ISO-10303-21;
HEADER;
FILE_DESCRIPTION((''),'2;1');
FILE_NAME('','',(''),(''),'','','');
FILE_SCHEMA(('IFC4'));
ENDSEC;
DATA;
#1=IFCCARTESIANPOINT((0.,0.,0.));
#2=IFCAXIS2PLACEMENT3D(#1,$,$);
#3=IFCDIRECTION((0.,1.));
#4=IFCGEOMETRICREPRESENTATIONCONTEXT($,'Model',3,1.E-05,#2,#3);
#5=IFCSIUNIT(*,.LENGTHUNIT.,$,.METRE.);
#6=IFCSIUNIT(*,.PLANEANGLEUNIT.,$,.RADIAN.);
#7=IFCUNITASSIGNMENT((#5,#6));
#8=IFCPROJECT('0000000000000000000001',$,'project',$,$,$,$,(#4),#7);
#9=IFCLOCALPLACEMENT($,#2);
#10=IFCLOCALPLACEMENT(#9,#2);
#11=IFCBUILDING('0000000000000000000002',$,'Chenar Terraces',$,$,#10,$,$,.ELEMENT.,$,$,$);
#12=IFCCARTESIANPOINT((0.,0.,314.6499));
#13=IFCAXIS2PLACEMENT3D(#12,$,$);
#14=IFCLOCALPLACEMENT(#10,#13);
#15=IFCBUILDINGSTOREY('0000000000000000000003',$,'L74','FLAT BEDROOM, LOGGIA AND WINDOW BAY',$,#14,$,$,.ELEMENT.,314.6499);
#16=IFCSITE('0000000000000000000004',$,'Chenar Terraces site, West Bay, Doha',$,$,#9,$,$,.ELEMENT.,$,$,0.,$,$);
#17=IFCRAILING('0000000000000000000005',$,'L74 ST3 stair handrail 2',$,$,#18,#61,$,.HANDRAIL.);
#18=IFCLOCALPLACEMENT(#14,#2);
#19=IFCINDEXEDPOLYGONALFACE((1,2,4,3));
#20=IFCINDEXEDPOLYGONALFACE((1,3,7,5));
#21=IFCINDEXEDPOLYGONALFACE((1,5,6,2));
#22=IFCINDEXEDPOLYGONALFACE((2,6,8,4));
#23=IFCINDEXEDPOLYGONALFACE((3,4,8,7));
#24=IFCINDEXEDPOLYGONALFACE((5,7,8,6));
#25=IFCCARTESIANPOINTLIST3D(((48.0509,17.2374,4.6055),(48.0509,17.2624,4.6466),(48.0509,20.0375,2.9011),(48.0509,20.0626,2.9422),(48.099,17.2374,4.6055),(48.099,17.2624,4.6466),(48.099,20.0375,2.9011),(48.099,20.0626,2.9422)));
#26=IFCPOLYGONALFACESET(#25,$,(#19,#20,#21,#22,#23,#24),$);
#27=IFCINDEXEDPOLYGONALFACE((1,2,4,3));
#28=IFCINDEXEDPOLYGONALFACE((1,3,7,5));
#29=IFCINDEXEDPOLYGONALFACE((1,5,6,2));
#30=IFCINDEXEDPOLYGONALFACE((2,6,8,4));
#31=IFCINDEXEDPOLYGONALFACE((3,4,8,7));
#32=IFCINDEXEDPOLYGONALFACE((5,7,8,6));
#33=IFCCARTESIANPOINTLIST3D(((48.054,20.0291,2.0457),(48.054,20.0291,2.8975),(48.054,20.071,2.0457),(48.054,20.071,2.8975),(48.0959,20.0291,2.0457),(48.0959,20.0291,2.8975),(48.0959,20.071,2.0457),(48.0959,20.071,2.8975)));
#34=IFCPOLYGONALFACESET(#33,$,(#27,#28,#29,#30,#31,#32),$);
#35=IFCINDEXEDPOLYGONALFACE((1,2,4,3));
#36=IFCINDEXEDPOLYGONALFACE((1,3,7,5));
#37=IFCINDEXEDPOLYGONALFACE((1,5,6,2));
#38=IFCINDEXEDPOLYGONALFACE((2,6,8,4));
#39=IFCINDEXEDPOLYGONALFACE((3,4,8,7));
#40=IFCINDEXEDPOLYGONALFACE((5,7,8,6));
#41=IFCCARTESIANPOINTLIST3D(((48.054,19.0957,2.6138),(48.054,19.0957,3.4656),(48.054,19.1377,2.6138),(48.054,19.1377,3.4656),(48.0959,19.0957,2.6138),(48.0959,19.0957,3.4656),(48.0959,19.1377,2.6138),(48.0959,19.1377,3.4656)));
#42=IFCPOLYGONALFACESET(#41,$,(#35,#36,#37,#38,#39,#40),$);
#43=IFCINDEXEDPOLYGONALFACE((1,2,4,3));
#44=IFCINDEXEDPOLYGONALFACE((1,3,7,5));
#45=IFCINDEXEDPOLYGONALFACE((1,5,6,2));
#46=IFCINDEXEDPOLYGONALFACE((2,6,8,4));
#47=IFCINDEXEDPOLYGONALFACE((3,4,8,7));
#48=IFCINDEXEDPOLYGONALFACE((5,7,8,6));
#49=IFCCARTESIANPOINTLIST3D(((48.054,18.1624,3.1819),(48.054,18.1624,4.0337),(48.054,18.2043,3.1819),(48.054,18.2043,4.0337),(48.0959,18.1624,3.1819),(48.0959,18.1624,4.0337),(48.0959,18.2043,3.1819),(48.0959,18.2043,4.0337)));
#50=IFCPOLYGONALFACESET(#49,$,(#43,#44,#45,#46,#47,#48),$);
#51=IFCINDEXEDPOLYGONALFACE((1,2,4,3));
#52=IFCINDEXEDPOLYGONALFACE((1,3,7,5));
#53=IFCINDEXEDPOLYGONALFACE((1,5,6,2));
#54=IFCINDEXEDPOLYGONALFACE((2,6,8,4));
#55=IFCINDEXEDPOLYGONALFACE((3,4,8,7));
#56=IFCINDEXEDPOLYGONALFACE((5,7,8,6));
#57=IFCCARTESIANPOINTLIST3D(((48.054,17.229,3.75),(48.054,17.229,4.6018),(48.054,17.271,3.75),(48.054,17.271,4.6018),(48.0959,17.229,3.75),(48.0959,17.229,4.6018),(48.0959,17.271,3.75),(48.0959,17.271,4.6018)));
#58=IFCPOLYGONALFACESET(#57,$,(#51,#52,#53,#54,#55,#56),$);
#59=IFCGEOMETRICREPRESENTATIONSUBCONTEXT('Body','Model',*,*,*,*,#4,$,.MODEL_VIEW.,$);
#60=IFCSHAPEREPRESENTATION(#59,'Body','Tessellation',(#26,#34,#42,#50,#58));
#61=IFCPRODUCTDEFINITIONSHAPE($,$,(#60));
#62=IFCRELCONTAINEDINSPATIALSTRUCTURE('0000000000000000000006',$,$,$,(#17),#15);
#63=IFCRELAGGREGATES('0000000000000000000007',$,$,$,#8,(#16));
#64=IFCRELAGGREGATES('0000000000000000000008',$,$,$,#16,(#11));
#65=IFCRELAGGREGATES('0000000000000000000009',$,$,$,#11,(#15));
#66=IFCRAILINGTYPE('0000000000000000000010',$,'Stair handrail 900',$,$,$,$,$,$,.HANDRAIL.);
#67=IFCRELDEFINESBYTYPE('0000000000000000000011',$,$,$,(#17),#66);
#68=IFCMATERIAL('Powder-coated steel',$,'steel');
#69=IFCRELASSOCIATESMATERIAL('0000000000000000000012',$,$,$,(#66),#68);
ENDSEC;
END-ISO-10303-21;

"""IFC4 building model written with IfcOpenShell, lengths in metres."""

from ifc_helpers import new_model, si_unit, direction, frame, origin, origin_2d, place, context, subcontext, project, spatial, rectangle, extrude, material, type_object, element, save


model = new_model("IFC4")

# Units and contexts
model_context = context("Model", 3, precision=1e-05, world=origin(), true_north=direction((0.0, 1.0)))
body_context = subcontext(model_context, "Body", "Model", "MODEL_VIEW")
ifc_project = project(units=[si_unit("LENGTHUNIT", "METRE"), si_unit("PLANEANGLEUNIT", "RADIAN")], contexts=[model_context])

# Site, building, storey
site_placement = place(None, origin())
site = spatial("IfcSite", under=ifc_project, at=site_placement, Name="Chenar Terraces site, West Bay, Doha", CompositionType="ELEMENT", RefElevation=0.0)
building_placement = place(site_placement, origin())
building = spatial("IfcBuilding", under=site, at=building_placement, Name="Chenar Terraces", CompositionType="ELEMENT")
storey_placement = place(building_placement, frame((0.0, 0.0, 314.6499)))
storey = spatial("IfcBuildingStorey", under=building, at=storey_placement, Name="L74", Description="FLAT BEDROOM, LOGGIA AND WINDOW BAY", CompositionType="ELEMENT", Elevation=314.6499)

# Railing
ifc_material_1 = material(Name="Powder-coated steel", Category="steel")
railing_type_1 = type_object("IfcRailingType", Name="Stair handrail 900", PredefinedType="HANDRAIL", material=ifc_material_1)
railing_1_placement = place(storey_placement, frame((48.075, 20.05, 2.0457)))
element("IfcRailing", 1, at=railing_1_placement, inside=storey, type_object=railing_type_1, Name="L74 ST3 stair handrail 2", PredefinedType="HANDRAIL", context=body_context, shape_type="SweptSolid", body=[
    extrude(rectangle(XDim=0.0481, YDim=0.0481, at=origin_2d()), frame((0.0, 0.0, 0.876), z_axis=(0.0, -0.854203, 0.51994), x_axis=(1.0, 0.0, 0.0)), (0.0, 0.0, 1.0), 3.2781),
    extrude(rectangle(XDim=0.042, YDim=0.042, at=origin_2d()), origin(), (0.0, 0.0, 1.0), 0.8518),
    extrude(rectangle(XDim=0.042, YDim=0.042, at=origin_2d()), frame((0.0, -0.9333, 0.5681)), (0.0, 0.0, 1.0), 0.8518),
    extrude(rectangle(XDim=0.042, YDim=0.042, at=origin_2d()), frame((0.0, -1.8667, 1.1362)), (0.0, 0.0, 1.0), 0.8518),
    extrude(rectangle(XDim=0.042, YDim=0.042, at=origin_2d()), frame((0.0, -2.8, 1.7043)), (0.0, 0.0, 1.0), 0.8518),
])

save(model, "model.ifc")
